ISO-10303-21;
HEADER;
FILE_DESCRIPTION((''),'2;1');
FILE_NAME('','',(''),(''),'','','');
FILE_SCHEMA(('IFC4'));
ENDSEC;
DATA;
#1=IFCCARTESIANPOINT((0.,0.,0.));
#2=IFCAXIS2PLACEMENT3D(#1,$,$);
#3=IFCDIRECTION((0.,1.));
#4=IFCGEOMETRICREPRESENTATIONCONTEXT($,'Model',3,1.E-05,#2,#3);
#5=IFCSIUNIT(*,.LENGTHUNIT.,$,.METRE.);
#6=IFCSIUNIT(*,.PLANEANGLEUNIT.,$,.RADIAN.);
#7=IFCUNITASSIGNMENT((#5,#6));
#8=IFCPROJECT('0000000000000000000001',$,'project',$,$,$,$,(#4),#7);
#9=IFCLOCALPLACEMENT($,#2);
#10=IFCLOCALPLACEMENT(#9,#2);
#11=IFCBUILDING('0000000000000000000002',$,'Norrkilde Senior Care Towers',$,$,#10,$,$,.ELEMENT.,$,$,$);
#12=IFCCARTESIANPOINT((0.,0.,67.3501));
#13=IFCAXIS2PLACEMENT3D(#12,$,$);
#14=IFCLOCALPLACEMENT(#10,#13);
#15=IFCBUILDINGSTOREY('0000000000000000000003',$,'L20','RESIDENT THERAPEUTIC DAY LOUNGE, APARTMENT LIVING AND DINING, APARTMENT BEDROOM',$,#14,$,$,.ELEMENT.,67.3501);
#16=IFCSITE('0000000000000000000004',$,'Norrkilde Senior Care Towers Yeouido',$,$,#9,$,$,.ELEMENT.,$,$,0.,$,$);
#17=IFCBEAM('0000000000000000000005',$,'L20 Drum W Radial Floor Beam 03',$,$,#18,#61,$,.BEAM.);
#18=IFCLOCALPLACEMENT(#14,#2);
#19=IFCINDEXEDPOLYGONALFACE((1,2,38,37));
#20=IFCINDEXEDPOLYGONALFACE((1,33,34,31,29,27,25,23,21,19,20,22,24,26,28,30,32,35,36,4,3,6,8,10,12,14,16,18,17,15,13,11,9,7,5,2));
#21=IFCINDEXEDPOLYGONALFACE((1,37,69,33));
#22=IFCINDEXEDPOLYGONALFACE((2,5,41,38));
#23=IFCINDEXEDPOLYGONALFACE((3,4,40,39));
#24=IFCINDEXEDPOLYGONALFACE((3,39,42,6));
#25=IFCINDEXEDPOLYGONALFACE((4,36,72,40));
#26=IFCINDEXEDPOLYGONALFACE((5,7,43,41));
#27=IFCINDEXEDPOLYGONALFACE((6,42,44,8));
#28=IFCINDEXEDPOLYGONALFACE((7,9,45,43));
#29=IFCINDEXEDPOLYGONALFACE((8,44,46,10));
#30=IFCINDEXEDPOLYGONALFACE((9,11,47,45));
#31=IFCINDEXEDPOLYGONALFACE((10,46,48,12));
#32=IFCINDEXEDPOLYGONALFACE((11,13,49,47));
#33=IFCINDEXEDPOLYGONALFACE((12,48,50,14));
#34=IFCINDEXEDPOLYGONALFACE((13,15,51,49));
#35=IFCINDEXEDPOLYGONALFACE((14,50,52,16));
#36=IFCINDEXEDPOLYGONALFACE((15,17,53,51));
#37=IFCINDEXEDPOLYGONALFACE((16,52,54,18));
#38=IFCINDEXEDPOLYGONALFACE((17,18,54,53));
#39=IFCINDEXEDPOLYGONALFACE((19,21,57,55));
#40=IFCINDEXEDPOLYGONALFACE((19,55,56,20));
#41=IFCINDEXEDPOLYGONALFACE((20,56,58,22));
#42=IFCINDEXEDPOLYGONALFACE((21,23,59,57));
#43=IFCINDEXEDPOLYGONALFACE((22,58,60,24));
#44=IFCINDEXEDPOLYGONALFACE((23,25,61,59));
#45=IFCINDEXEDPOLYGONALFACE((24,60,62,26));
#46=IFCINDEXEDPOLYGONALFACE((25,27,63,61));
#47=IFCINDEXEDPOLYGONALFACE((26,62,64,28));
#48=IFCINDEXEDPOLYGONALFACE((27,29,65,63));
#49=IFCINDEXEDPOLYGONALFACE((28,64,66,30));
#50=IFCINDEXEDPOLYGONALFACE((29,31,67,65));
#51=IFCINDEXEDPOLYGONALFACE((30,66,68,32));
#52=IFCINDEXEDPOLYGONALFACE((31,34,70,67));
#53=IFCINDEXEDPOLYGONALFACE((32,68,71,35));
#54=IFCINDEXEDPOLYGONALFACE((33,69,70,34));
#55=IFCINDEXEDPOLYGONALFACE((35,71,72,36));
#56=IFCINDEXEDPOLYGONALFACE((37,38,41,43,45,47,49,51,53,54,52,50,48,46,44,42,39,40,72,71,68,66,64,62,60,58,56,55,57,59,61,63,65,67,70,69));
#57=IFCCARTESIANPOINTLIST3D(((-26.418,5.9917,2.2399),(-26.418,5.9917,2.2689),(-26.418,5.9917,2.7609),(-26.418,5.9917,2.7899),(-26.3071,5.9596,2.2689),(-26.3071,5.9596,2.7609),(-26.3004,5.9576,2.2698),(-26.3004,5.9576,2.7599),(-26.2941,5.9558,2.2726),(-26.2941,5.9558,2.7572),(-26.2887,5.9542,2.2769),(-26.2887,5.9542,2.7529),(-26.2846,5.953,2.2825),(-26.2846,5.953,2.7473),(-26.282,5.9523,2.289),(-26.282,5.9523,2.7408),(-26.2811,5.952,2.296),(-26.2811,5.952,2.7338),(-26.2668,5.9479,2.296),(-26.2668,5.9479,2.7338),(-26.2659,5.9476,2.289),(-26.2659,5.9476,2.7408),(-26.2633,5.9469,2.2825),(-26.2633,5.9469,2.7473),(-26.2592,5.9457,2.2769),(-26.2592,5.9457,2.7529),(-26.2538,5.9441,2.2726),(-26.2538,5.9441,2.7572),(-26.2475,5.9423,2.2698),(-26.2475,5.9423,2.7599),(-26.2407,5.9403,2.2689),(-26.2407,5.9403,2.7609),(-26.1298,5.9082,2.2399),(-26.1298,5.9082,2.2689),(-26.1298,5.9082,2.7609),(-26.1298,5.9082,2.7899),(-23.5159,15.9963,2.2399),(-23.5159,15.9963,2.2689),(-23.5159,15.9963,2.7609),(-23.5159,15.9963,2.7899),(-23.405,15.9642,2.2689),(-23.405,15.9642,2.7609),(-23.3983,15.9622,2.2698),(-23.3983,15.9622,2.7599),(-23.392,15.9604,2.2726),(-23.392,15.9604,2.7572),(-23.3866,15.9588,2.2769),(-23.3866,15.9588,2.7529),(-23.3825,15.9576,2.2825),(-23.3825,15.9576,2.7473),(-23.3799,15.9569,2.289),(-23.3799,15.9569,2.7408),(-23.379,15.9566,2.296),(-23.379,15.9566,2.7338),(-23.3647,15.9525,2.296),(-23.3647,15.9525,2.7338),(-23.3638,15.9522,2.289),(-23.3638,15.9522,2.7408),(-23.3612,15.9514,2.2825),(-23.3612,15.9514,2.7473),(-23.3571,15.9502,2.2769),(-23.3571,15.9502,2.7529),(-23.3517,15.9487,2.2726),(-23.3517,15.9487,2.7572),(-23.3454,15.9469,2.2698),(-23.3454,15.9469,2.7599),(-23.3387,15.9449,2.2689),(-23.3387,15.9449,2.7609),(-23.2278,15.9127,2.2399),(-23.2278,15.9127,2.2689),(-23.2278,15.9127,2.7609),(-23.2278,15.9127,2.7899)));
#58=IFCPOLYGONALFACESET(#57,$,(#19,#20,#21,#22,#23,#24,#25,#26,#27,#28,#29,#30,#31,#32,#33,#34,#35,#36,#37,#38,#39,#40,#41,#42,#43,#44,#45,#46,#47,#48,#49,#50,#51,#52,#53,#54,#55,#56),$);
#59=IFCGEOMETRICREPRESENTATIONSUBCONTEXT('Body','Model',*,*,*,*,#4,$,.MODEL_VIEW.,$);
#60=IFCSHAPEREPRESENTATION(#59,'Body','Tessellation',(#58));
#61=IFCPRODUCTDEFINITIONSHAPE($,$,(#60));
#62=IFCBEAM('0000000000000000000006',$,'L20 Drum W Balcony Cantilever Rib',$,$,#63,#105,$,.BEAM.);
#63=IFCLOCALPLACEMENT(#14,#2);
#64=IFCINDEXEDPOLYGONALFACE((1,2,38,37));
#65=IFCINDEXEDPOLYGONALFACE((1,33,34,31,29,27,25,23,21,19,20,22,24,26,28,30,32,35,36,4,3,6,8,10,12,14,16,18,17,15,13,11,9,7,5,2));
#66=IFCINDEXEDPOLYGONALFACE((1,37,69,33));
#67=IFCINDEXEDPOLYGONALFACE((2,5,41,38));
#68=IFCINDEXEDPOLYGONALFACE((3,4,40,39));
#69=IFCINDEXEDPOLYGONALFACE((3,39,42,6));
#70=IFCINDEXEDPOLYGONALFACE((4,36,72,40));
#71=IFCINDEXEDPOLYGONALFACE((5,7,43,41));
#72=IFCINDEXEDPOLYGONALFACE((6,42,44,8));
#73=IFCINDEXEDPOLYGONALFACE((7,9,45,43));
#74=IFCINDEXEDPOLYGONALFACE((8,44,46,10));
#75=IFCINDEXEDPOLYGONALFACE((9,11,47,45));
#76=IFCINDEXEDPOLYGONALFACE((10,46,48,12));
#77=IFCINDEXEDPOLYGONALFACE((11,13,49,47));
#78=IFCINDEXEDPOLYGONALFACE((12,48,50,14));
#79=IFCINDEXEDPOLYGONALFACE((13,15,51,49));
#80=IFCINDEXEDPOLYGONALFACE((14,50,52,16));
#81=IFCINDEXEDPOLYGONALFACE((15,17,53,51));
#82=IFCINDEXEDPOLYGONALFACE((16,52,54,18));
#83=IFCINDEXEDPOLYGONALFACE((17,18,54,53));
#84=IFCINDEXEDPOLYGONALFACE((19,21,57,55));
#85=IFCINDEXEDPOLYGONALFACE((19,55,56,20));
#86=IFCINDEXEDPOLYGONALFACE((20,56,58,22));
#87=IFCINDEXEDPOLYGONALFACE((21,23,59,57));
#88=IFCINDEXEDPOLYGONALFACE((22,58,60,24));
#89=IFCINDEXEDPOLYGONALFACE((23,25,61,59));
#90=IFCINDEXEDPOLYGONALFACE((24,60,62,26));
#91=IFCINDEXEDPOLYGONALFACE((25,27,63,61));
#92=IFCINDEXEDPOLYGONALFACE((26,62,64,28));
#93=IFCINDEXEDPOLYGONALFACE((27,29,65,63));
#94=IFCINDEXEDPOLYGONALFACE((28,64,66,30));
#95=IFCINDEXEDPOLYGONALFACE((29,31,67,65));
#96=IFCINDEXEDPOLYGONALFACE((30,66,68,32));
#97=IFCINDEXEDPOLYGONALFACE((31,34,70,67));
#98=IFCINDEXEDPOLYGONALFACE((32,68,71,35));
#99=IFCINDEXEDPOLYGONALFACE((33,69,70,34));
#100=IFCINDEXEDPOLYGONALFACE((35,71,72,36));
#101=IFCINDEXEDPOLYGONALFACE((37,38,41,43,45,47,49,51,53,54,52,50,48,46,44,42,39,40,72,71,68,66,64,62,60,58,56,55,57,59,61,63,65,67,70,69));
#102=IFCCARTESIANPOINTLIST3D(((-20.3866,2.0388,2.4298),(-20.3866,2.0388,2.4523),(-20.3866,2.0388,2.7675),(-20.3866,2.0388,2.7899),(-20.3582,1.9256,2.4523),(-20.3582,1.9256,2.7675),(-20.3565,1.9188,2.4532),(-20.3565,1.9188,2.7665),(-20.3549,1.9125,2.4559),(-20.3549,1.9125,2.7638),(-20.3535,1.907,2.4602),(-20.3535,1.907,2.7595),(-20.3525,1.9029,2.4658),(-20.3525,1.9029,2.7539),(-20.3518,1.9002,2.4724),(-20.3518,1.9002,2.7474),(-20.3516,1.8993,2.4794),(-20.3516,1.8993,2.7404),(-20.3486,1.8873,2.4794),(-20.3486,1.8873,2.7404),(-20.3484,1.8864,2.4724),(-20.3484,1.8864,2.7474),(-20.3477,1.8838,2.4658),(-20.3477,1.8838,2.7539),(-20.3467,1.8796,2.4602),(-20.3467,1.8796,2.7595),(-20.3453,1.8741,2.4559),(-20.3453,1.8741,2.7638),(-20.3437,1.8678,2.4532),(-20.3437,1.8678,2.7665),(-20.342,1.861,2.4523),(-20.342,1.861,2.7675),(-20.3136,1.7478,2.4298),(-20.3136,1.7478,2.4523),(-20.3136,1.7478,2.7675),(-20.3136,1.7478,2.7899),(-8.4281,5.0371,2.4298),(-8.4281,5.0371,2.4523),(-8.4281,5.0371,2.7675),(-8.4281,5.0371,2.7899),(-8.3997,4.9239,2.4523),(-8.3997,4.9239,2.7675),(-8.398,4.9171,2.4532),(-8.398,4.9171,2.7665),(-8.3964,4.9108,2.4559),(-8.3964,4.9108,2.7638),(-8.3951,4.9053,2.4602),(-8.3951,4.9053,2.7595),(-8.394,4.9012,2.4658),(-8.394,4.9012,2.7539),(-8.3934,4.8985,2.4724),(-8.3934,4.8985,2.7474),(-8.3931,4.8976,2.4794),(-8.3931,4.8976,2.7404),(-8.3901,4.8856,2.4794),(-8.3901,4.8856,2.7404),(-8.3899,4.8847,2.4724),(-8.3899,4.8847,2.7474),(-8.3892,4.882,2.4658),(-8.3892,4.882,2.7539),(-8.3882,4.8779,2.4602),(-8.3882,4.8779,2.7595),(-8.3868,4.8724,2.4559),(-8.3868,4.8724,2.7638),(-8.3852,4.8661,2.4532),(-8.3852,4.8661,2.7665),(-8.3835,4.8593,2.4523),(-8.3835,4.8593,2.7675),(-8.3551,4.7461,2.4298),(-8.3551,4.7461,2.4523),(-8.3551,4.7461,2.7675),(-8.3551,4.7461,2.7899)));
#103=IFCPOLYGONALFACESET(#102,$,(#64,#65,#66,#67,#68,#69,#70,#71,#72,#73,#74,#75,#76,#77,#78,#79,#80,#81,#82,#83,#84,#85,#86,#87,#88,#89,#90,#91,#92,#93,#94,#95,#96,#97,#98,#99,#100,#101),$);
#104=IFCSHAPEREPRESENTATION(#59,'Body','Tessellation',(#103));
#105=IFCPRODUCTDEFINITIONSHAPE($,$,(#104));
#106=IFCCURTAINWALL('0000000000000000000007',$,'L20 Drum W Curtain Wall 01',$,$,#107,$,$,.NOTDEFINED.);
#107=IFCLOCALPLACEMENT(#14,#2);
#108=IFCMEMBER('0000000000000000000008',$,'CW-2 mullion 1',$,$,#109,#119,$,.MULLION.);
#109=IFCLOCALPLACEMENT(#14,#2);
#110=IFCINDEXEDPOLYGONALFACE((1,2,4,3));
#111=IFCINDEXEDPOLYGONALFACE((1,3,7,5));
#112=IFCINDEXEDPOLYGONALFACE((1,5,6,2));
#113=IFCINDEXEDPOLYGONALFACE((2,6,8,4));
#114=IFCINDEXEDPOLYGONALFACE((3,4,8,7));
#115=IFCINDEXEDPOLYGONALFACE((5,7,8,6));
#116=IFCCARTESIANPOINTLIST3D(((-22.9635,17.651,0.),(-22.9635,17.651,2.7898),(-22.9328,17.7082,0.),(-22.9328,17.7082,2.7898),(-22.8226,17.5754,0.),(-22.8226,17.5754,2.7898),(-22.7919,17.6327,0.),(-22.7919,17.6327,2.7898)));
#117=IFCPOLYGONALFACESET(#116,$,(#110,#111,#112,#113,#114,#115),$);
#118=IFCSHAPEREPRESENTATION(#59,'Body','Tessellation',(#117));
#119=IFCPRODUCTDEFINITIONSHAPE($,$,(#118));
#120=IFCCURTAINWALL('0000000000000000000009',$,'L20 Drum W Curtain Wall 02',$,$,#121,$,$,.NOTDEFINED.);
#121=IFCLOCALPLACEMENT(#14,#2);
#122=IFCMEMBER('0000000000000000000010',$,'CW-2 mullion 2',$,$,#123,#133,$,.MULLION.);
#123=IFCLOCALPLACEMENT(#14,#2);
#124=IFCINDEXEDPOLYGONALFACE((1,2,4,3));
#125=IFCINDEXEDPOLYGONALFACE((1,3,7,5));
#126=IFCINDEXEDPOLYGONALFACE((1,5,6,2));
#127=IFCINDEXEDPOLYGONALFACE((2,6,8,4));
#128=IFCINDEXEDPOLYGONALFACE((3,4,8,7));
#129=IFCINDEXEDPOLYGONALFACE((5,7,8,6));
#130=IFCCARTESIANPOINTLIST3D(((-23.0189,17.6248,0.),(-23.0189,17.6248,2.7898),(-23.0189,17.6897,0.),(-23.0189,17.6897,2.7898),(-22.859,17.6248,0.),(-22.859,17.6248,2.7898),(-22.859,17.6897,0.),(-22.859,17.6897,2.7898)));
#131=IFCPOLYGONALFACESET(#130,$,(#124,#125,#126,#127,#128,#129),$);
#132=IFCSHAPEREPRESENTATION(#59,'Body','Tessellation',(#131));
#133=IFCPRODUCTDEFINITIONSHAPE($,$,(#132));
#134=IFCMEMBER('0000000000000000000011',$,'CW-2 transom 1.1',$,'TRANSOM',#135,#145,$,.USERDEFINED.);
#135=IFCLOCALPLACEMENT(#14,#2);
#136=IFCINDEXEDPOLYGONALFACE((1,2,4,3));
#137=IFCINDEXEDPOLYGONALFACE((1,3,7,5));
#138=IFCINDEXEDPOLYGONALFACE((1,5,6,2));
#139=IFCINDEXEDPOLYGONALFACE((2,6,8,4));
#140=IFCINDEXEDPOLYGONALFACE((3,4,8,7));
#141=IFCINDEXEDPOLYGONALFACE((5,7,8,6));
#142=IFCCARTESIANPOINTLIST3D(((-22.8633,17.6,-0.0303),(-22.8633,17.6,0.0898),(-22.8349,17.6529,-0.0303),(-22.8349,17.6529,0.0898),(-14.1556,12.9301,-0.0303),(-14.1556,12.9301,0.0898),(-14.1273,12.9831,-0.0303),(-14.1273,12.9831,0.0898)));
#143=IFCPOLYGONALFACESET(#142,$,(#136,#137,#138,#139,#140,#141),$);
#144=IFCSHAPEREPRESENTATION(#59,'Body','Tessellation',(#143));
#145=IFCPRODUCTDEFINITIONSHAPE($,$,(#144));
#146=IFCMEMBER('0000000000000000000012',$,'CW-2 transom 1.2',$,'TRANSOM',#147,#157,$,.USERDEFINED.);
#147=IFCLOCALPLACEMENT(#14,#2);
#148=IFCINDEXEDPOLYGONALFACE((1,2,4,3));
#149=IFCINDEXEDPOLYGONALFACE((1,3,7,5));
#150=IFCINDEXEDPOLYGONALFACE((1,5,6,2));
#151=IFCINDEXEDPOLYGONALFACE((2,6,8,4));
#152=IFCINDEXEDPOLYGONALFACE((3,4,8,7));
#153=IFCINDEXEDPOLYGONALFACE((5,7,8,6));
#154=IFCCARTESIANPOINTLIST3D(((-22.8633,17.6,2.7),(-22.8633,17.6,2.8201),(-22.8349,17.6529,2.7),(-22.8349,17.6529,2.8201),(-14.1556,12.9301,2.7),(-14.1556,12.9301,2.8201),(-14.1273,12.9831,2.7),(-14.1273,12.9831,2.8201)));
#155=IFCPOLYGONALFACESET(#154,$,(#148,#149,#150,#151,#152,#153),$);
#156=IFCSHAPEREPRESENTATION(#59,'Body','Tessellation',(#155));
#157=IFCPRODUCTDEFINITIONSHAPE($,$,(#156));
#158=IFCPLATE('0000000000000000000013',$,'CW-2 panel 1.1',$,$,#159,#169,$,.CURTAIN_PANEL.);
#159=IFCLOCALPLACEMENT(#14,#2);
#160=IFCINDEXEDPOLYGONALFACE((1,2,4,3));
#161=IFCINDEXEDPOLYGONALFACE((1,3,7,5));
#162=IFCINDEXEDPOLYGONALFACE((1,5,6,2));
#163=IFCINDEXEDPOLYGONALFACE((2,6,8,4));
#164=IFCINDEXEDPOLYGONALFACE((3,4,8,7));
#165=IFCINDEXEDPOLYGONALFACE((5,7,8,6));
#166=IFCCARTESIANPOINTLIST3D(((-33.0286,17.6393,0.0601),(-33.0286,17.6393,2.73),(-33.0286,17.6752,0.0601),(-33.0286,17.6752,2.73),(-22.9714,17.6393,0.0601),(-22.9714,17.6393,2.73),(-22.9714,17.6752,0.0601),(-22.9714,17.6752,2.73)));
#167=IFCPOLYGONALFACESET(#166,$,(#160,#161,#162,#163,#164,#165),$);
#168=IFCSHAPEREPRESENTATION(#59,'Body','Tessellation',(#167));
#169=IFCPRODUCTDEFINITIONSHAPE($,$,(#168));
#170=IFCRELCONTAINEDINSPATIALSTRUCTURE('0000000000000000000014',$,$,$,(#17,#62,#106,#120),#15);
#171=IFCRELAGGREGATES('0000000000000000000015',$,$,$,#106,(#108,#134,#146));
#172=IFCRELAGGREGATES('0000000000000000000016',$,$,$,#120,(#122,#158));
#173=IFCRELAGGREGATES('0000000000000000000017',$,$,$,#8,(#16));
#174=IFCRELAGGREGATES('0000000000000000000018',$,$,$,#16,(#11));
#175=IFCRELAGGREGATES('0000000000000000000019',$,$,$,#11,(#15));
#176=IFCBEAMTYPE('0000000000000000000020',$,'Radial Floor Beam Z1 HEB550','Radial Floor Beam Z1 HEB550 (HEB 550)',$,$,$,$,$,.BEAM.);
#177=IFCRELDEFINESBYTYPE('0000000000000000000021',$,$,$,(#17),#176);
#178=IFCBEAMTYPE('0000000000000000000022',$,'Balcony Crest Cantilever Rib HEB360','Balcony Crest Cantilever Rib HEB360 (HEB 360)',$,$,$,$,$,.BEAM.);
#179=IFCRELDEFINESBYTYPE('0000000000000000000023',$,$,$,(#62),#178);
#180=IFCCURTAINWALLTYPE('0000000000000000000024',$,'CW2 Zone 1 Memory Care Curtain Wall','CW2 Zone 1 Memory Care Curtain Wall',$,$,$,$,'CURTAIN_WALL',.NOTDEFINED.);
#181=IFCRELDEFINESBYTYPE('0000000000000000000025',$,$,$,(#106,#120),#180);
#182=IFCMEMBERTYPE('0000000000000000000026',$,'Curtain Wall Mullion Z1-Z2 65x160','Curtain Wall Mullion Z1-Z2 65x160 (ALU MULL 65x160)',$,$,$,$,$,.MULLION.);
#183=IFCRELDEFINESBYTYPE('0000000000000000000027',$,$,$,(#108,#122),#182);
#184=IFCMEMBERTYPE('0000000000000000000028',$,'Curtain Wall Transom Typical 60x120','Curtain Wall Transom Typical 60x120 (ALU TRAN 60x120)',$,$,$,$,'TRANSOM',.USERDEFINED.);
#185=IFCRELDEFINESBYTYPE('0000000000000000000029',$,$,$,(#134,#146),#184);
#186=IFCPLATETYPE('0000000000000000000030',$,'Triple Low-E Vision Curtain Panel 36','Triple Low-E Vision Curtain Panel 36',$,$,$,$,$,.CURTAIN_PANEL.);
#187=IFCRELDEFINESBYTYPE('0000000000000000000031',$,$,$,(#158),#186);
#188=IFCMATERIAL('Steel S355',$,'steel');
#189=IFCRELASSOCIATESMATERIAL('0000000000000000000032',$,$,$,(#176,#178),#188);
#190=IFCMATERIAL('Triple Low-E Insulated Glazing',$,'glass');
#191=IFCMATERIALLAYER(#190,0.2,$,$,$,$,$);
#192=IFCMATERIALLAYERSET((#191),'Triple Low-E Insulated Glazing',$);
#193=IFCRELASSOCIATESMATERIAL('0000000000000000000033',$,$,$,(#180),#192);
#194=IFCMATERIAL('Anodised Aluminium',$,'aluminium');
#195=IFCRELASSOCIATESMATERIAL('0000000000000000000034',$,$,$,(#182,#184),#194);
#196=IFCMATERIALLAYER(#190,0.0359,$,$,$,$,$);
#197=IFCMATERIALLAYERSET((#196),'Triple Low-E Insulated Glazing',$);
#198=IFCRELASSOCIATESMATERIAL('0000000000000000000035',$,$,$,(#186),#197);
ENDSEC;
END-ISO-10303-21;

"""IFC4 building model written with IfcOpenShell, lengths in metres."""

from ifc_helpers import new_model, si_unit, direction, frame, origin, origin_2d, place, context, subcontext, project, spatial, rectangle, i_section, extrude, source, transform, mapped, material, layer, layer_set, material_profile, profile_set, type_object, type_shapes, element, aggregate, save


model = new_model("IFC4")

# Units and contexts
model_context = context("Model", 3, precision=1e-05, world=origin(), true_north=direction((0.0, 1.0)))
body_context = subcontext(model_context, "Body", "Model", "MODEL_VIEW")
ifc_project = project(units=[si_unit("LENGTHUNIT", "METRE"), si_unit("PLANEANGLEUNIT", "RADIAN")], contexts=[model_context])

# Site, building, storey
site_placement = place(None, origin())
site = spatial("IfcSite", under=ifc_project, at=site_placement, Name="Norrkilde Senior Care Towers Yeouido", CompositionType="ELEMENT", RefElevation=0.0)
building_placement = place(site_placement, origin())
building = spatial("IfcBuilding", under=site, at=building_placement, Name="Norrkilde Senior Care Towers", CompositionType="ELEMENT")
storey_placement = place(building_placement, frame((0.0, 0.0, 67.3501)))
storey = spatial("IfcBuildingStorey", under=building, at=storey_placement, Name="L20", Description="RESIDENT THERAPEUTIC DAY LOUNGE, APARTMENT LIVING AND DINING, APARTMENT BEDROOM", CompositionType="ELEMENT", Elevation=67.3501)

# Beams
ifc_material_1 = material(Name="Steel S355", Category="steel")
ifc_material_profile_1 = material_profile(ifc_material_1, i_section(OverallWidth=0.3, OverallDepth=0.55, WebThickness=0.0149, FlangeThickness=0.0291, FilletRadius=0.0271, at=origin_2d()), Name="HEB 550")
ifc_profile_set_1 = profile_set([ifc_material_profile_1], Name="Steel S355")
beam_type_1 = type_object("IfcBeamType", Name="Radial Floor Beam Z1 HEB550", Description="Radial Floor Beam Z1 HEB550 (HEB 550)", PredefinedType="BEAM", material=ifc_profile_set_1)
shared_shape_1 = source(origin(), body_context, "Body", "SweptSolid", [
    extrude(i_section(OverallWidth=0.3, OverallDepth=0.55, WebThickness=0.0149, FlangeThickness=0.0291, FilletRadius=0.0271, at=origin_2d()), origin(), (0.0, 0.0, 1.0), 10.417),
])
beam_1_placement = place(storey_placement, frame((-26.2739, 5.95, 2.5149), z_axis=(0.278591, 0.96041, 0.0), x_axis=(-0.96041, 0.278591, 0.0)))
element("IfcBeam", 1, at=beam_1_placement, inside=storey, type_object=beam_type_1, Name="L20 Drum W Radial Floor Beam 03", PredefinedType="BEAM", context=body_context, shape_type="MappedRepresentation", body=[
    mapped(shared_shape_1, transform((0.0, 0.0, 0.0), x_axis=(1.0, 0.0, 0.0), y_axis=(0.0, 1.0, 0.0), z_axis=(0.0, 0.0, 1.0), scale=1.0)),
])
ifc_material_profile_2 = material_profile(ifc_material_1, i_section(OverallWidth=0.3, OverallDepth=0.3601, WebThickness=0.0125, FlangeThickness=0.0225, FilletRadius=0.0271, at=origin_2d()), Name="HEB 360")
ifc_profile_set_2 = profile_set([ifc_material_profile_2], Name="Steel S355")
beam_type_2 = type_object("IfcBeamType", Name="Balcony Crest Cantilever Rib HEB360", Description="Balcony Crest Cantilever Rib HEB360 (HEB 360)", PredefinedType="BEAM", material=ifc_profile_set_2)
shared_shape_2 = source(origin(), body_context, "Body", "SweptSolid", [
    extrude(i_section(OverallWidth=0.3, OverallDepth=0.3601, WebThickness=0.0125, FlangeThickness=0.0225, FilletRadius=0.0271, at=origin_2d()), origin(), (0.0, 0.0, 1.0), 12.3286),
])
type_shapes(beam_type_2, [shared_shape_2])
beam_2_placement = place(storey_placement, frame((-20.3501, 1.8933, 2.6099), z_axis=(0.969977, 0.243197, 0.0), x_axis=(-0.243197, 0.969977, 0.0)))
element("IfcBeam", 2, at=beam_2_placement, inside=storey, type_object=beam_type_2, Name="L20 Drum W Balcony Cantilever Rib", PredefinedType="BEAM", context=body_context, shape_type="MappedRepresentation", body=[
    mapped(shared_shape_2, transform((0.0, 0.0, 0.0), x_axis=(1.0, 0.0, 0.0), y_axis=(0.0, 1.0, 0.0), z_axis=(0.0, 0.0, 1.0), scale=1.0)),
])

# Curtain walls, members
ifc_material_2 = material(Name="Triple Low-E Insulated Glazing", Category="glass")
ifc_layer_1 = layer(ifc_material_2, 0.2)
ifc_layer_set_1 = layer_set([ifc_layer_1], Name="Triple Low-E Insulated Glazing")
curtain_wall_type = type_object("IfcCurtainWallType", Name="CW2 Zone 1 Memory Care Curtain Wall", Description="CW2 Zone 1 Memory Care Curtain Wall", ElementType="CURTAIN_WALL", PredefinedType="NOTDEFINED", material=ifc_layer_set_1)
curtain_wall_1_placement = place(storey_placement, origin())
curtain_wall_1 = element("IfcCurtainWall", 3, at=curtain_wall_1_placement, inside=storey, type_object=curtain_wall_type, Name="L20 Drum W Curtain Wall 01", PredefinedType="NOTDEFINED")
ifc_material_3 = material(Name="Anodised Aluminium", Category="aluminium")
ifc_material_profile_3 = material_profile(ifc_material_3, rectangle(XDim=0.0649, YDim=0.1599, at=origin_2d()), Name="ALU MULL 65x160")
ifc_profile_set_3 = profile_set([ifc_material_profile_3], Name="Anodised Aluminium")
member_type_1 = type_object("IfcMemberType", Name="Curtain Wall Mullion Z1-Z2 65x160", Description="Curtain Wall Mullion Z1-Z2 65x160 (ALU MULL 65x160)", PredefinedType="MULLION", material=ifc_profile_set_3)
shared_shape_3 = source(origin(), body_context, "Body", "SweptSolid", [
    extrude(rectangle(XDim=0.0649, YDim=0.1599, at=origin_2d()), origin(), (0.0, 0.0, 1.0), 2.7898),
])
type_shapes(member_type_1, [shared_shape_3])
member_1_placement = place(storey_placement, frame((-22.8777, 17.6418, 0.0), z_axis=(0.0, 0.0, 1.0), x_axis=(0.472608, 0.881273, 0.0)))
member_1 = element("IfcMember", 4, at=member_1_placement, type_object=member_type_1, Name="CW-2 mullion 1", PredefinedType="MULLION", context=body_context, shape_type="MappedRepresentation", body=[
    mapped(shared_shape_3, transform((0.0, 0.0, 0.0), x_axis=(1.0, 0.0, 0.0), y_axis=(0.0, 1.0, 0.0), z_axis=(0.0, 0.0, 1.0), scale=1.0)),
])
curtain_wall_2_placement = place(storey_placement, origin())
curtain_wall_2 = element("IfcCurtainWall", 5, at=curtain_wall_2_placement, inside=storey, type_object=curtain_wall_type, Name="L20 Drum W Curtain Wall 02", PredefinedType="NOTDEFINED")
member_2_placement = place(storey_placement, frame((-22.939, 17.6572, 0.0), z_axis=(0.0, 0.0, 1.0), x_axis=(0.0, 1.0, 0.0)))
member_2 = element("IfcMember", 6, at=member_2_placement, type_object=member_type_1, Name="CW-2 mullion 2", PredefinedType="MULLION", context=body_context, shape_type="MappedRepresentation", body=[
    mapped(shared_shape_3, transform((0.0, 0.0, 0.0), x_axis=(1.0, 0.0, 0.0), y_axis=(0.0, 1.0, 0.0), z_axis=(0.0, 0.0, 1.0), scale=1.0)),
])

# Members
ifc_material_profile_4 = material_profile(ifc_material_3, rectangle(XDim=0.0601, YDim=0.1201, at=origin_2d()), Name="ALU TRAN 60x120")
ifc_profile_set_4 = profile_set([ifc_material_profile_4], Name="Anodised Aluminium")
member_type_2 = type_object("IfcMemberType", Name="Curtain Wall Transom Typical 60x120", Description="Curtain Wall Transom Typical 60x120 (ALU TRAN 60x120)", ElementType="TRANSOM", PredefinedType="USERDEFINED", material=ifc_profile_set_4)
shared_shape_4 = source(origin(), body_context, "Body", "SweptSolid", [
    extrude(rectangle(XDim=0.0601, YDim=0.1201, at=origin_2d()), origin(), (0.0, 0.0, 1.0), 9.8809),
])
type_shapes(member_type_2, [shared_shape_4])
member_3_placement = place(storey_placement, frame((-22.8491, 17.6265, 0.0298), z_axis=(0.881267, -0.472618, 0.0), x_axis=(0.472618, 0.881267, 0.0)))
member_3 = element("IfcMember", 7, at=member_3_placement, type_object=member_type_2, Name="CW-2 transom 1.1", ObjectType="TRANSOM", PredefinedType="USERDEFINED", context=body_context, shape_type="MappedRepresentation", body=[
    mapped(shared_shape_4, transform((0.0, 0.0, 0.0), x_axis=(1.0, 0.0, 0.0), y_axis=(0.0, 1.0, 0.0), z_axis=(0.0, 0.0, 1.0), scale=1.0)),
])
member_4_placement = place(storey_placement, frame((-22.8491, 17.6265, 2.76), z_axis=(0.881267, -0.472618, 0.0), x_axis=(0.472618, 0.881267, 0.0)))
member_4 = element("IfcMember", 8, at=member_4_placement, type_object=member_type_2, Name="CW-2 transom 1.2", ObjectType="TRANSOM", PredefinedType="USERDEFINED", context=body_context, shape_type="MappedRepresentation", body=[
    mapped(shared_shape_4, transform((0.0, 0.0, 0.0), x_axis=(1.0, 0.0, 0.0), y_axis=(0.0, 1.0, 0.0), z_axis=(0.0, 0.0, 1.0), scale=1.0)),
])
aggregate(curtain_wall_1, [member_1, member_3, member_4])

# Plate
ifc_layer_2 = layer(ifc_material_2, 0.0359)
ifc_layer_set_2 = layer_set([ifc_layer_2], Name="Triple Low-E Insulated Glazing")
plate_type = type_object("IfcPlateType", Name="Triple Low-E Vision Curtain Panel 36", Description="Triple Low-E Vision Curtain Panel 36", PredefinedType="CURTAIN_PANEL", material=ifc_layer_set_2)
shared_shape_5 = source(origin(), body_context, "Body", "SweptSolid", [
    extrude(rectangle(XDim=10.0571, YDim=0.0359, at=origin_2d()), origin(), (0.0, 0.0, 1.0), 2.6699),
])
type_shapes(plate_type, [shared_shape_5])
plate_placement = place(storey_placement, frame((-28.0, 17.6572, 0.0601), z_axis=(0.0, 0.0, 1.0), x_axis=(1.0, 0.0, 0.0)))
plate = element("IfcPlate", 9, at=plate_placement, type_object=plate_type, Name="CW-2 panel 1.1", PredefinedType="CURTAIN_PANEL", context=body_context, shape_type="MappedRepresentation", body=[
    mapped(shared_shape_5, transform((0.0, 0.0, 0.0), x_axis=(1.0, 0.0, 0.0), y_axis=(0.0, 1.0, 0.0), z_axis=(0.0, 0.0, 1.0), scale=1.0)),
])
aggregate(curtain_wall_2, [member_2, plate])

save(model, "model.ifc")
